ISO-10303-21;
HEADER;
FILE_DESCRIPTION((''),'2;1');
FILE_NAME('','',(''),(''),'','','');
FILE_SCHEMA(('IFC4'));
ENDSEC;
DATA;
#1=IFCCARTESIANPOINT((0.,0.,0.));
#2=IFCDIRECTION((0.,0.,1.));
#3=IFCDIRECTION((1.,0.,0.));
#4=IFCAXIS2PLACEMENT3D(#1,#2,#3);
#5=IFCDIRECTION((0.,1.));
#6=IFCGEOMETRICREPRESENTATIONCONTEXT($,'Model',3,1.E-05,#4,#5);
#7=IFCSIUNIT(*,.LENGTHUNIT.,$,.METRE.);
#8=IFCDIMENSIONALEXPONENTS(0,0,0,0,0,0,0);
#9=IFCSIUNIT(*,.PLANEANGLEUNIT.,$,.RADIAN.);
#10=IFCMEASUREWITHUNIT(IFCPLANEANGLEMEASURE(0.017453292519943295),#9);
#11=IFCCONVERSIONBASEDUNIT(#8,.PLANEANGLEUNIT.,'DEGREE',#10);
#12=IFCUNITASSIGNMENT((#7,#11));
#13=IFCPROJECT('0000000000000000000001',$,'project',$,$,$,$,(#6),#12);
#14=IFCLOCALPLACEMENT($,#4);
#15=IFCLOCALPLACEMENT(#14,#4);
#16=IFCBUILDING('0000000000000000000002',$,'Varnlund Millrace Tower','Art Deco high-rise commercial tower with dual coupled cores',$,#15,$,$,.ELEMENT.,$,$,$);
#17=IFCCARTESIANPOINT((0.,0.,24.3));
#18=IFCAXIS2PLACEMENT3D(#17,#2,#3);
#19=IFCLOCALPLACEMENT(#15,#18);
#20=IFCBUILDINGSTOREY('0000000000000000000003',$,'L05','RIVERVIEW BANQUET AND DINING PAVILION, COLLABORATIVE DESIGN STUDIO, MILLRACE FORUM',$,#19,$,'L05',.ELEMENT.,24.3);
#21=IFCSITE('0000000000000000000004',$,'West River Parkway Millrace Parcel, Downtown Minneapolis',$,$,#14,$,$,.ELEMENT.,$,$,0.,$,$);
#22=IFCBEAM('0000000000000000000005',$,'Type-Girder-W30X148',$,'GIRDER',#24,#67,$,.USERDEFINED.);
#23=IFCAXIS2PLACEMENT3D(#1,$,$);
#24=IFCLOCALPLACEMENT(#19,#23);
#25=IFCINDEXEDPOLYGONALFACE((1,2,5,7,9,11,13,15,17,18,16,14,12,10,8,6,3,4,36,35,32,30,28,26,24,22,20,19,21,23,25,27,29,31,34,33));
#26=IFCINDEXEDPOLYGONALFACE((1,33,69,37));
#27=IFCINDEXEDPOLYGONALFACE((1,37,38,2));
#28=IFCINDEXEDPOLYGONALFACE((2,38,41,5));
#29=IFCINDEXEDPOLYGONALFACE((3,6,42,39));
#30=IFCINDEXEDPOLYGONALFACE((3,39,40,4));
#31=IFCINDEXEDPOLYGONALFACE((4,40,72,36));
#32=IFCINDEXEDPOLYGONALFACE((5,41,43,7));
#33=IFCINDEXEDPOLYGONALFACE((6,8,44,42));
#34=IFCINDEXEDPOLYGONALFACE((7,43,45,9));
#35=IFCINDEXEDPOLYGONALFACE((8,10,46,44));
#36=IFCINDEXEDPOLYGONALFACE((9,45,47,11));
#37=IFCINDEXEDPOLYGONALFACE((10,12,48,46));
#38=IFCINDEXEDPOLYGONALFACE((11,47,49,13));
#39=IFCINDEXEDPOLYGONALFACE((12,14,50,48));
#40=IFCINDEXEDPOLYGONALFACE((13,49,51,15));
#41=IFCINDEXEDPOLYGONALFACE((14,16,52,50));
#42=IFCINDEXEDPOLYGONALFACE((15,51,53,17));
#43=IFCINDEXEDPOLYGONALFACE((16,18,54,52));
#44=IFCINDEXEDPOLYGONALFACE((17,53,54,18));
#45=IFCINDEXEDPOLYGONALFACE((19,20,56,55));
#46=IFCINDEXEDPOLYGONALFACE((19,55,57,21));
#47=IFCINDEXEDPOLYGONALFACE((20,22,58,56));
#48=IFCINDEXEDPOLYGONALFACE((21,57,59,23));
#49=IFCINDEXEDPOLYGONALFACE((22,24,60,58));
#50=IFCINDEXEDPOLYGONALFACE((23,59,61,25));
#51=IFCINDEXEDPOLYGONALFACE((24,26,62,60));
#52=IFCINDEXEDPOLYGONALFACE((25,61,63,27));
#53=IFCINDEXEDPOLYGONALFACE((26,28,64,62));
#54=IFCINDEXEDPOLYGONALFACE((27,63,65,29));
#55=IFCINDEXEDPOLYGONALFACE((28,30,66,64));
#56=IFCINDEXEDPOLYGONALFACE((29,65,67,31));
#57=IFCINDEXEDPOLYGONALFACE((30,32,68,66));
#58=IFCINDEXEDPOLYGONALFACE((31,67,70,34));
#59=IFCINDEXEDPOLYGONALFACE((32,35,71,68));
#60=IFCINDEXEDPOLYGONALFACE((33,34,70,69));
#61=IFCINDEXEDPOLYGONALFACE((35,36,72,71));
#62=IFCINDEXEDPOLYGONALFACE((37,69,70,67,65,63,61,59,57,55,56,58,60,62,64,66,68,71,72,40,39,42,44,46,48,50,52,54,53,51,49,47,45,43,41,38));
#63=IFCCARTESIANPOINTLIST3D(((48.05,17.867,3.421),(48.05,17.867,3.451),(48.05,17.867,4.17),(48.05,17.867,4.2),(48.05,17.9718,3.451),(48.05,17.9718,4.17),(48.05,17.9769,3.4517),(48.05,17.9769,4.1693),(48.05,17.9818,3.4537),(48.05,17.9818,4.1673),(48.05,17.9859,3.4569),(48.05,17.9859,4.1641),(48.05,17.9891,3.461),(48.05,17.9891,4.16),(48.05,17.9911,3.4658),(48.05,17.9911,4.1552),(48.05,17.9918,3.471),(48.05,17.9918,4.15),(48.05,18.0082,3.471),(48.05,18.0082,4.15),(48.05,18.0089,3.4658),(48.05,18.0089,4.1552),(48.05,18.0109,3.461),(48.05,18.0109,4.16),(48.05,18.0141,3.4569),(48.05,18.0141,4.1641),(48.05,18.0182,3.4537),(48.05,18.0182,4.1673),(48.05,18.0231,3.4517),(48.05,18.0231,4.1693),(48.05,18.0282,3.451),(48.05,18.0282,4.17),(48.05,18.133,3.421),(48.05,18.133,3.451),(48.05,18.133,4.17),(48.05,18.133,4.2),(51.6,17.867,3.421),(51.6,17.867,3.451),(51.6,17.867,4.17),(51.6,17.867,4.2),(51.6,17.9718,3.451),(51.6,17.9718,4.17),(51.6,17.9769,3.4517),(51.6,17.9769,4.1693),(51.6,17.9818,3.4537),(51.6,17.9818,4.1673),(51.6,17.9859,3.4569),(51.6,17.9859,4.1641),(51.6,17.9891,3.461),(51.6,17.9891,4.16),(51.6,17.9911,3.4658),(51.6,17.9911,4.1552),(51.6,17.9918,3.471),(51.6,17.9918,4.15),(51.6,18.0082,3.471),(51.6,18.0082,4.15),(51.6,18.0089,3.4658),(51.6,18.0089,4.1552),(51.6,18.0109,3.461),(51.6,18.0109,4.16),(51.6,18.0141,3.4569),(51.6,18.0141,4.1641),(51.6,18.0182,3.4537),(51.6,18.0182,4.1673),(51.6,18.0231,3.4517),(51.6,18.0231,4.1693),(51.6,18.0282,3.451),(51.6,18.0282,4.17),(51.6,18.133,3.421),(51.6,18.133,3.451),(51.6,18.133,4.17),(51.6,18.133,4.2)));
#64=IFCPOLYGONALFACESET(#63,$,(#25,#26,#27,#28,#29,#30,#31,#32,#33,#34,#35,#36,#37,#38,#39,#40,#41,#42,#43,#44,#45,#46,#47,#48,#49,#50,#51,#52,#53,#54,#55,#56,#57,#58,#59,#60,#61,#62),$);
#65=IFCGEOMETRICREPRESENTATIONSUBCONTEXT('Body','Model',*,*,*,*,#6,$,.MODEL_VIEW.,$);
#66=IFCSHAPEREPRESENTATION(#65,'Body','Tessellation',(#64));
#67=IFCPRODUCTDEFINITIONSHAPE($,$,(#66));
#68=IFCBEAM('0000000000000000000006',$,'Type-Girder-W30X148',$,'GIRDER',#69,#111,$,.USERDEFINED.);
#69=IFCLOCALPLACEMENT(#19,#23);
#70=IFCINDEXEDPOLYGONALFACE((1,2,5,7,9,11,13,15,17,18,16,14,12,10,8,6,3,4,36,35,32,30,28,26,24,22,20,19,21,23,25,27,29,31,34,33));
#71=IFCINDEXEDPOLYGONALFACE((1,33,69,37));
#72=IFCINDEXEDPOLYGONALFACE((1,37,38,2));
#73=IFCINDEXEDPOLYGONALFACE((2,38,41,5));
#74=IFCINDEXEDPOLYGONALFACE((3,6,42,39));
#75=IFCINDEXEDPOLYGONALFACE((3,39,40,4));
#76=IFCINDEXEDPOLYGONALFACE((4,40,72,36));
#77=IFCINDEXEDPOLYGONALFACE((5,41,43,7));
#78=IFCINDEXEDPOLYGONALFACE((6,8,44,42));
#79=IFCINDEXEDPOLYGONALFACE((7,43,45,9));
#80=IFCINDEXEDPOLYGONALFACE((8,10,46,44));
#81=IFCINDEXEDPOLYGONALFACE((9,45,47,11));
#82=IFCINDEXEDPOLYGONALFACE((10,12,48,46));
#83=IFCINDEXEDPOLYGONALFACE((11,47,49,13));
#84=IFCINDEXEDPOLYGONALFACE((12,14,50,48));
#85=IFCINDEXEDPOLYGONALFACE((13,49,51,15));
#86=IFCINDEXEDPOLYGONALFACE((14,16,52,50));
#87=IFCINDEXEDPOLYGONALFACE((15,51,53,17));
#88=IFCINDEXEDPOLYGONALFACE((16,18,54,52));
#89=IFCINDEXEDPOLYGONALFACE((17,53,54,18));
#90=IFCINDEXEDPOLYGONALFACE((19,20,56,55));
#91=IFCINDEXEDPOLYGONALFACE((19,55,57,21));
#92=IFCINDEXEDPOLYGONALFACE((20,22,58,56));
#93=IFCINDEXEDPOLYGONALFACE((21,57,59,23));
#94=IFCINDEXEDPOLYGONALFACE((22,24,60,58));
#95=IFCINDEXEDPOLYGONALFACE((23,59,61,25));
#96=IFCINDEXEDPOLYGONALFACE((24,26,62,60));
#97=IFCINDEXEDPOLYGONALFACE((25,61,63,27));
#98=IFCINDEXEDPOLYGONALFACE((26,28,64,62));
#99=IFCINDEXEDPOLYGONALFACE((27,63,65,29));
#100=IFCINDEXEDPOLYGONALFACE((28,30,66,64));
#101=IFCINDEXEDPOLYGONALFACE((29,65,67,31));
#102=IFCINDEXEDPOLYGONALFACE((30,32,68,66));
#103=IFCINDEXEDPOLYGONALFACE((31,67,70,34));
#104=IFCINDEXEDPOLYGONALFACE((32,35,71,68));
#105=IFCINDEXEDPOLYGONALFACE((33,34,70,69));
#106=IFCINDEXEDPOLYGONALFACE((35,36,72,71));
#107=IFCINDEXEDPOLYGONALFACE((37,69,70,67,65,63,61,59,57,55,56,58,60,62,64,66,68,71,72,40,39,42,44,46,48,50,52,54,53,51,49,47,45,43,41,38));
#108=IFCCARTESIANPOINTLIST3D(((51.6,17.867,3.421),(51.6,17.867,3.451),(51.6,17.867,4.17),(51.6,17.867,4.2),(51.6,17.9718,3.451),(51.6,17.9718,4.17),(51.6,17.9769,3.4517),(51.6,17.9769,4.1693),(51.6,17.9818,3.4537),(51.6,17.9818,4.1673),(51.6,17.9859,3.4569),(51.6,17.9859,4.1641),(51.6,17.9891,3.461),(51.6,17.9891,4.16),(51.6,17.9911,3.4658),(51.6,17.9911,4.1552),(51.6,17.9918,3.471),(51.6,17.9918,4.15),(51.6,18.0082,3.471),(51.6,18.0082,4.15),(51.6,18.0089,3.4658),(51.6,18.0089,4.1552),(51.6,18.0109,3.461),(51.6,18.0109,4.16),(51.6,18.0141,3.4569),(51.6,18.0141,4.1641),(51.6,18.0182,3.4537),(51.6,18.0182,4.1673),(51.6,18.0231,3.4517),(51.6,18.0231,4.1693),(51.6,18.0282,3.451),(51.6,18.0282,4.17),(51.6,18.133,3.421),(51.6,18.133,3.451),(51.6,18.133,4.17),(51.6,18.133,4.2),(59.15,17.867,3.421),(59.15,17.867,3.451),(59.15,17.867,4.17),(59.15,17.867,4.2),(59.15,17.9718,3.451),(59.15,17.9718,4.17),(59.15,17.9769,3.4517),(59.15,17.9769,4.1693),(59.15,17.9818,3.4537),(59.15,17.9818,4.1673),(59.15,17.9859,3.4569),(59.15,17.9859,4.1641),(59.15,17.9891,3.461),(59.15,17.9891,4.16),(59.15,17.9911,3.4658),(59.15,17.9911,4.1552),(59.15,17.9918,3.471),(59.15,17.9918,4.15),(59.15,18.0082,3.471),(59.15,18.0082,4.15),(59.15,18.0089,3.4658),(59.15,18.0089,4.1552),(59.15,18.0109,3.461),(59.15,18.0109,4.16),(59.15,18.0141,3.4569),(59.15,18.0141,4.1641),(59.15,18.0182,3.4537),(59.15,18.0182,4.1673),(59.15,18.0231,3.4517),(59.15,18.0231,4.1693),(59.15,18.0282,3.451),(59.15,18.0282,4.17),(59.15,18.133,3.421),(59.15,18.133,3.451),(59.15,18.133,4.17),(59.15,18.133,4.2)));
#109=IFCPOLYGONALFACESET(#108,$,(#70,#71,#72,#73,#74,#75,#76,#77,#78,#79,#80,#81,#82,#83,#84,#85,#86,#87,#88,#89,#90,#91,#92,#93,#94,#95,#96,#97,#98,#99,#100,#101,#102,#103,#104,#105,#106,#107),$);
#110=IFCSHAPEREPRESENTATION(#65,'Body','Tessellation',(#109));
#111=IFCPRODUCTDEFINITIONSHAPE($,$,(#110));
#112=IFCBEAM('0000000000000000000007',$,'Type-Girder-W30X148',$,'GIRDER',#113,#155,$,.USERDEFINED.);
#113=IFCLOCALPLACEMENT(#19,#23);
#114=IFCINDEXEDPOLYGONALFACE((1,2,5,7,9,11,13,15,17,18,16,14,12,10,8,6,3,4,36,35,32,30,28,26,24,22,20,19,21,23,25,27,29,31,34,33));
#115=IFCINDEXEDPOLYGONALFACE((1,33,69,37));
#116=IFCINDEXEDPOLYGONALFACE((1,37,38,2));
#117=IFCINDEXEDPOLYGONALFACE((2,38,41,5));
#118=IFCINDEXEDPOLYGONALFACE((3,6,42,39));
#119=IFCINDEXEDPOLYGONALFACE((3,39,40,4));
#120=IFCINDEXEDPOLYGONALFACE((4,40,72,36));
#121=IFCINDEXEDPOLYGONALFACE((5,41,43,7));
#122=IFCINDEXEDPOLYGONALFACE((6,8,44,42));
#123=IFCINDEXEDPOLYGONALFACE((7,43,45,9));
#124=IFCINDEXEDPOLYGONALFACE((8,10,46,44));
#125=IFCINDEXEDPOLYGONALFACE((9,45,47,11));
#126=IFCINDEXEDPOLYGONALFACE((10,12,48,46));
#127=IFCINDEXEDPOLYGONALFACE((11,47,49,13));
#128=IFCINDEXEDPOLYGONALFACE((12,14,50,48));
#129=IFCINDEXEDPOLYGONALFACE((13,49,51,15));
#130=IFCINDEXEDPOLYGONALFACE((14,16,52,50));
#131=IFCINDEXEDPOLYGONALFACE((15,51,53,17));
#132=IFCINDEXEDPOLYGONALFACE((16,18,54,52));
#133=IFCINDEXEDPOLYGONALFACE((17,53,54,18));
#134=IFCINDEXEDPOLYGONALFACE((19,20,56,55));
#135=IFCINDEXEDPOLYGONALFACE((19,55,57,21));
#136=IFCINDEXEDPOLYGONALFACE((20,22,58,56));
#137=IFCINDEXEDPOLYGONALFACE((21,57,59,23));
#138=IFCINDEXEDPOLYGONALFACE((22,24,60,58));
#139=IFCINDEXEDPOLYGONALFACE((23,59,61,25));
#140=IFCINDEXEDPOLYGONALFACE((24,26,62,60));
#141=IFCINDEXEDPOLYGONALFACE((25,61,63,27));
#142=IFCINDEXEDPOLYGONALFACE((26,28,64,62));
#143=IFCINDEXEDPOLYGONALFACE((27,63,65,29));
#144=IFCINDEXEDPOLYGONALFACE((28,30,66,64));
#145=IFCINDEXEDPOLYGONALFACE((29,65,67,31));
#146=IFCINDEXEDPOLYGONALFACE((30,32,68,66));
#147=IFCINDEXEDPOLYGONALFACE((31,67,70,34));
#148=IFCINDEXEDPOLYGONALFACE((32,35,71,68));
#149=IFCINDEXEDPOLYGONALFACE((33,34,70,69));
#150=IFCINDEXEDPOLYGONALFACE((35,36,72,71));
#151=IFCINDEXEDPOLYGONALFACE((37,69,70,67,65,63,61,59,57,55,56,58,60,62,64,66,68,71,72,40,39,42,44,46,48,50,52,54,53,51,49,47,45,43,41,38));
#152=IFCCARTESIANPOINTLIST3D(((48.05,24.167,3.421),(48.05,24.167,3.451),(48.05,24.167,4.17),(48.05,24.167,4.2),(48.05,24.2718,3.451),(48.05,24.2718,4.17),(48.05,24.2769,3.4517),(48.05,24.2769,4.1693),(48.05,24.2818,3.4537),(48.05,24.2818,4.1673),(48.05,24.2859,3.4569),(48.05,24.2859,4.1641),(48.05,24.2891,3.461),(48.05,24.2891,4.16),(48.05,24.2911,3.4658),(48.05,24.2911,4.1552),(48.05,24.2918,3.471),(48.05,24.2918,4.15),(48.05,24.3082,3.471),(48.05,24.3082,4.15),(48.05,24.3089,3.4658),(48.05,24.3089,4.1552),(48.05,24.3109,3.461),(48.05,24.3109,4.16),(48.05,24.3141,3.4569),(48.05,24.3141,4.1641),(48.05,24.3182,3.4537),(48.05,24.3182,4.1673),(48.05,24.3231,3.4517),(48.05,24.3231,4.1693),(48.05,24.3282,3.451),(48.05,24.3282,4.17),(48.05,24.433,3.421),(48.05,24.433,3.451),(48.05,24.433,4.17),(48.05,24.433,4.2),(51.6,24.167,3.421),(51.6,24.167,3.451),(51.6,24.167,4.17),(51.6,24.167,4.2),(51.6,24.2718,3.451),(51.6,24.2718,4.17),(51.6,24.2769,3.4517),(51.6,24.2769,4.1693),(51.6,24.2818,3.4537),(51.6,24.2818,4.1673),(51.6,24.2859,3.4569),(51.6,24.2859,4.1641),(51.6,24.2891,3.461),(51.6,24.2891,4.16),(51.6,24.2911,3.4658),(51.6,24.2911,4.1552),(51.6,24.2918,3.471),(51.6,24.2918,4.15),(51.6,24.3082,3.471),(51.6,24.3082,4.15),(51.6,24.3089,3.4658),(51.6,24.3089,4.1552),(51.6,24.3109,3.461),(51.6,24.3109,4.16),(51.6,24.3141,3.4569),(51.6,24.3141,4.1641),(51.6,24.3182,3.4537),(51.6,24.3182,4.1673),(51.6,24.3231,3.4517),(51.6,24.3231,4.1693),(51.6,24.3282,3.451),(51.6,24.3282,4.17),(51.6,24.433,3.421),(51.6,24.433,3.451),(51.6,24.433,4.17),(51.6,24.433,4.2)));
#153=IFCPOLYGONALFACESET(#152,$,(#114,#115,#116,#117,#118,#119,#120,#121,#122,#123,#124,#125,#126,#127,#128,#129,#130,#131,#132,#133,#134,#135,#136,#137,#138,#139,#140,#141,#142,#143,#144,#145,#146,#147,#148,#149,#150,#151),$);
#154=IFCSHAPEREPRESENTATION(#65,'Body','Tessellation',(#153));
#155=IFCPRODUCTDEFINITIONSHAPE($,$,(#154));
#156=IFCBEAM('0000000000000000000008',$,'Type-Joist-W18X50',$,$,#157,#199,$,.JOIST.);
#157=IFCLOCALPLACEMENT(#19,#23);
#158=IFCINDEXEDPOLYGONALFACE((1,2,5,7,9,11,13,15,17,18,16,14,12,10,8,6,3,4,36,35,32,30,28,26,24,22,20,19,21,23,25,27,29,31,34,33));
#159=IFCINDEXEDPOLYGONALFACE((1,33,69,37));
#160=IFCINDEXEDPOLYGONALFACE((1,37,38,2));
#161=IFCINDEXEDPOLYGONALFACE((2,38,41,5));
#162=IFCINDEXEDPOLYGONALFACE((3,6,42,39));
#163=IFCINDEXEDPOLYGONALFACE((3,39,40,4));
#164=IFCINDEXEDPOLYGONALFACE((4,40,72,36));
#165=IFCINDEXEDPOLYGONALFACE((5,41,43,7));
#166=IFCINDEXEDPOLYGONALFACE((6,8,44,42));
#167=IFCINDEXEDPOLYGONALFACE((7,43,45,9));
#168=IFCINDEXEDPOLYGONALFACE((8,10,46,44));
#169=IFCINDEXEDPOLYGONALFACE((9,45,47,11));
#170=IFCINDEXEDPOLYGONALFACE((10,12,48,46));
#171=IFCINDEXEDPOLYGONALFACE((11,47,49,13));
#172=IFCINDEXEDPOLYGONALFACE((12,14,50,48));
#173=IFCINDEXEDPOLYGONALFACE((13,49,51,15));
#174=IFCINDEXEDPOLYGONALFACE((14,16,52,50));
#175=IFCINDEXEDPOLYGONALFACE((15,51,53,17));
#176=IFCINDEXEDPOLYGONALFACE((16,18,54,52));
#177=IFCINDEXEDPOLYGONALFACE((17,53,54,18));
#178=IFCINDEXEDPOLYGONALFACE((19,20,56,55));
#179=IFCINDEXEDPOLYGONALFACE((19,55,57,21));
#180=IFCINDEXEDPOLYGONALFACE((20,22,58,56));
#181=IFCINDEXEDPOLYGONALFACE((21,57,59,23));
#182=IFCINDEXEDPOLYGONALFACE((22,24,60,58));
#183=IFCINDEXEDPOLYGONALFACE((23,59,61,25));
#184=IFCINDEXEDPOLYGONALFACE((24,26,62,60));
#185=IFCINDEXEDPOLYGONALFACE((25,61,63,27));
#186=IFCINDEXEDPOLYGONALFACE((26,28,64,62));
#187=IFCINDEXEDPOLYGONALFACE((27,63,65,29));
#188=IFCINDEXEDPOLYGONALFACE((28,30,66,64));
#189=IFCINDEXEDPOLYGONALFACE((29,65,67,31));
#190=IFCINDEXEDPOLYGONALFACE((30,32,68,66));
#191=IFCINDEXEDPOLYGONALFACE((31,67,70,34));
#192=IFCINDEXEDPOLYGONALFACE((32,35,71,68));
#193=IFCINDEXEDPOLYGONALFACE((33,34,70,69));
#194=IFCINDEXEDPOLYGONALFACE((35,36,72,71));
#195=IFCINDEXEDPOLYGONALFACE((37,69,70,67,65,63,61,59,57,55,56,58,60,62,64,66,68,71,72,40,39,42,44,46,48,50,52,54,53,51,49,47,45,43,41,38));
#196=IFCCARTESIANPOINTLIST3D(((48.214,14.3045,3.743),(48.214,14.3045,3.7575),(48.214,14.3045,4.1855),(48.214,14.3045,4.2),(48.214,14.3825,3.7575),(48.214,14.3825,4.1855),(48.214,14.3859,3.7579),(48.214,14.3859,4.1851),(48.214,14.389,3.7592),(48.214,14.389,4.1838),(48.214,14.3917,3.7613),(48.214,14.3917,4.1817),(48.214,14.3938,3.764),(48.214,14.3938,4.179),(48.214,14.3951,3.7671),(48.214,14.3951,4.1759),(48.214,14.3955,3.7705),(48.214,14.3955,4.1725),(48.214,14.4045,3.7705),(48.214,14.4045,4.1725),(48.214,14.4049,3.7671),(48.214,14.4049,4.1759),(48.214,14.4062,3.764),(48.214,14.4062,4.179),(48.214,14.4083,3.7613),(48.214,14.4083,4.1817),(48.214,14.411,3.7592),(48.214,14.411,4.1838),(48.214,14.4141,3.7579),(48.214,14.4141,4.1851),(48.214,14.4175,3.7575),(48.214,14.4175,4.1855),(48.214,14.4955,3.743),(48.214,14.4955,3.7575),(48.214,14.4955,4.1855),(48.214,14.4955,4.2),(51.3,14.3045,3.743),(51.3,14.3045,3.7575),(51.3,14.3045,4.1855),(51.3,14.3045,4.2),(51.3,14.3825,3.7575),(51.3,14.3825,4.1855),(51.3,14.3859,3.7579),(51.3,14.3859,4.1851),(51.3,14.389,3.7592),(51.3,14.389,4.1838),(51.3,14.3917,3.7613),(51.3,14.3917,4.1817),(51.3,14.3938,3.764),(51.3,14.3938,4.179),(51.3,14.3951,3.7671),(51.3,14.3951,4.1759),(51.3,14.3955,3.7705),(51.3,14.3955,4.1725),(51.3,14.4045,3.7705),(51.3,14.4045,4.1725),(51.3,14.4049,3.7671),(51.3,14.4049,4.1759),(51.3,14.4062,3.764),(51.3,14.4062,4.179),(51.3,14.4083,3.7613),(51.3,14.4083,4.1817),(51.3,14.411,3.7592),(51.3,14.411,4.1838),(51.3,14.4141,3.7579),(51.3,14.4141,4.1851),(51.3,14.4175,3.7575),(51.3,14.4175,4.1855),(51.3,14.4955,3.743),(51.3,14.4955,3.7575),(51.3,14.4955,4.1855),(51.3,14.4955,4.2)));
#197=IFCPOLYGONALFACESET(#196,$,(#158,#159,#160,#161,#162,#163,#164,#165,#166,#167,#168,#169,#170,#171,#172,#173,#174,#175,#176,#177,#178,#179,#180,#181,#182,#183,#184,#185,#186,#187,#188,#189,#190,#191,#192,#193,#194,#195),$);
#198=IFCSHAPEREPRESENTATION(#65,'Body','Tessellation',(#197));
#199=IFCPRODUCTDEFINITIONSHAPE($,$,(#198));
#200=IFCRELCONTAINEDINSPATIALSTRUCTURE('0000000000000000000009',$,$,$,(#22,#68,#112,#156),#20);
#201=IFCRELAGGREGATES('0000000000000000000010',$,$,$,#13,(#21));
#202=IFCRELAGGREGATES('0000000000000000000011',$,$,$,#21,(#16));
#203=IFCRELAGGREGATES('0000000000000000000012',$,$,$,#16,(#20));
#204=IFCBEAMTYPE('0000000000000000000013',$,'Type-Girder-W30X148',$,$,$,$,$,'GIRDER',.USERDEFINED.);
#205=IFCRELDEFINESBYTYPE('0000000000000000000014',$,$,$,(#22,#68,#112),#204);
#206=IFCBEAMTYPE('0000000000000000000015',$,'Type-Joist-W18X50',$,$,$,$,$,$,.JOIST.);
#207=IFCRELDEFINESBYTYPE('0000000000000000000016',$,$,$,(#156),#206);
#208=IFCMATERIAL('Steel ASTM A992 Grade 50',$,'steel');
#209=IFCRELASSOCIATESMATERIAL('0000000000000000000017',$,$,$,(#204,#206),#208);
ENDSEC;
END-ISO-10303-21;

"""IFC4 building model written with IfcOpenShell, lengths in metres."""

from ifc_helpers import new_model, entity, si_unit, converted_unit, direction, frame, origin_with_axes, origin_2d_with_axis, place, context, subcontext, project, spatial, i_section, extrude, material, material_profile, profile_set, type_object, element, save


model = new_model("IFC4")

# Units and contexts
model_context = context("Model", 3, precision=1e-05, world=origin_with_axes(), true_north=direction((0.0, 1.0)))
body_context = subcontext(model_context, "Body", "Model", "MODEL_VIEW")
ifc_project = project(units=[si_unit("LENGTHUNIT", "METRE"), converted_unit("PLANEANGLEUNIT", "DEGREE", entity("IfcPlaneAngleMeasure", 0.017453292519943295), si_unit("PLANEANGLEUNIT", "RADIAN"), dimensions=[0, 0, 0, 0, 0, 0, 0])], contexts=[model_context])

# Site, building, storey
site_placement = place(None, origin_with_axes())
site = spatial("IfcSite", under=ifc_project, at=site_placement, Name="West River Parkway Millrace Parcel, Downtown Minneapolis", CompositionType="ELEMENT", RefElevation=0.0)
building_placement = place(site_placement, origin_with_axes())
building = spatial("IfcBuilding", under=site, at=building_placement, Name="Varnlund Millrace Tower", Description="Art Deco high-rise commercial tower with dual coupled cores", CompositionType="ELEMENT")
storey_placement = place(building_placement, frame((0.0, 0.0, 24.3), z_axis=(0.0, 0.0, 1.0), x_axis=(1.0, 0.0, 0.0)))
storey = spatial("IfcBuildingStorey", under=building, at=storey_placement, Name="L05", Description="RIVERVIEW BANQUET AND DINING PAVILION, COLLABORATIVE DESIGN STUDIO, MILLRACE FORUM", LongName="L05", CompositionType="ELEMENT", Elevation=24.3)

# Beams
ifc_material_1 = material(Name="Steel ASTM A992 Grade 50", Category="steel")
ifc_material_profile_1 = material_profile(ifc_material_1, i_section(OverallWidth=0.266, OverallDepth=0.779, WebThickness=0.0165, FlangeThickness=0.03, FilletRadius=0.02, at=origin_2d_with_axis()), Name="Steel ASTM A992 Grade 50")
ifc_profile_set_1 = profile_set([ifc_material_profile_1], Name="Steel ASTM A992 Grade 50")
beam_type_1 = type_object("IfcBeamType", Name="Type-Girder-W30X148", ElementType="GIRDER", PredefinedType="USERDEFINED", material=ifc_profile_set_1)
beam_1_placement = place(storey_placement, frame((48.05, 18.0, 3.8105), z_axis=(1.0, 0.0, 0.0), x_axis=(0.0, 1.0, 0.0)))
element("IfcBeam", 1, at=beam_1_placement, inside=storey, type_object=beam_type_1, Name="Type-Girder-W30X148", ObjectType="GIRDER", PredefinedType="USERDEFINED", context=body_context, shape_type="SweptSolid", body=[
    extrude(i_section(OverallWidth=0.266, OverallDepth=0.779, WebThickness=0.0165, FlangeThickness=0.03, FilletRadius=0.02, at=origin_2d_with_axis()), origin_with_axes(), (0.0, 0.0, 1.0), 3.55),
])
beam_2_placement = place(storey_placement, frame((51.6, 18.0, 3.8105), z_axis=(1.0, 0.0, 0.0), x_axis=(0.0, 1.0, 0.0)))
element("IfcBeam", 2, at=beam_2_placement, inside=storey, type_object=beam_type_1, Name="Type-Girder-W30X148", ObjectType="GIRDER", PredefinedType="USERDEFINED", context=body_context, shape_type="SweptSolid", body=[
    extrude(i_section(OverallWidth=0.266, OverallDepth=0.779, WebThickness=0.0165, FlangeThickness=0.03, FilletRadius=0.02, at=origin_2d_with_axis()), origin_with_axes(), (0.0, 0.0, 1.0), 7.55),
])
beam_3_placement = place(storey_placement, frame((48.05, 24.3, 3.8105), z_axis=(1.0, 0.0, 0.0), x_axis=(0.0, 1.0, 0.0)))
element("IfcBeam", 3, at=beam_3_placement, inside=storey, type_object=beam_type_1, Name="Type-Girder-W30X148", ObjectType="GIRDER", PredefinedType="USERDEFINED", context=body_context, shape_type="SweptSolid", body=[
    extrude(i_section(OverallWidth=0.266, OverallDepth=0.779, WebThickness=0.0165, FlangeThickness=0.03, FilletRadius=0.02, at=origin_2d_with_axis()), origin_with_axes(), (0.0, 0.0, 1.0), 3.55),
])
ifc_material_profile_2 = material_profile(ifc_material_1, i_section(OverallWidth=0.191, OverallDepth=0.457, WebThickness=0.009, FlangeThickness=0.0145, FilletRadius=0.013, at=origin_2d_with_axis()), Name="Steel ASTM A992 Grade 50")
ifc_profile_set_2 = profile_set([ifc_material_profile_2], Name="Steel ASTM A992 Grade 50")
beam_type_2 = type_object("IfcBeamType", Name="Type-Joist-W18X50", PredefinedType="JOIST", material=ifc_profile_set_2)
for number, where, z_axis, x_axis, name in (
    (4, (48.214, 14.4, 3.9715), (1.0, 0.0, 0.0), (0.0, 1.0, 0.0), "Type-Joist-W18X50"),
):
    element("IfcBeam", number, at=place(storey_placement, frame(where, z_axis=z_axis, x_axis=x_axis)), inside=storey, type_object=beam_type_2, Name=name, PredefinedType="JOIST", context=body_context, shape_type="SweptSolid", body=[
        extrude(i_section(OverallWidth=0.191, OverallDepth=0.457, WebThickness=0.009, FlangeThickness=0.0145, FilletRadius=0.013, at=origin_2d_with_axis()), origin_with_axes(), (0.0, 0.0, 1.0), 3.086),
    ])

save(model, "model.ifc")
